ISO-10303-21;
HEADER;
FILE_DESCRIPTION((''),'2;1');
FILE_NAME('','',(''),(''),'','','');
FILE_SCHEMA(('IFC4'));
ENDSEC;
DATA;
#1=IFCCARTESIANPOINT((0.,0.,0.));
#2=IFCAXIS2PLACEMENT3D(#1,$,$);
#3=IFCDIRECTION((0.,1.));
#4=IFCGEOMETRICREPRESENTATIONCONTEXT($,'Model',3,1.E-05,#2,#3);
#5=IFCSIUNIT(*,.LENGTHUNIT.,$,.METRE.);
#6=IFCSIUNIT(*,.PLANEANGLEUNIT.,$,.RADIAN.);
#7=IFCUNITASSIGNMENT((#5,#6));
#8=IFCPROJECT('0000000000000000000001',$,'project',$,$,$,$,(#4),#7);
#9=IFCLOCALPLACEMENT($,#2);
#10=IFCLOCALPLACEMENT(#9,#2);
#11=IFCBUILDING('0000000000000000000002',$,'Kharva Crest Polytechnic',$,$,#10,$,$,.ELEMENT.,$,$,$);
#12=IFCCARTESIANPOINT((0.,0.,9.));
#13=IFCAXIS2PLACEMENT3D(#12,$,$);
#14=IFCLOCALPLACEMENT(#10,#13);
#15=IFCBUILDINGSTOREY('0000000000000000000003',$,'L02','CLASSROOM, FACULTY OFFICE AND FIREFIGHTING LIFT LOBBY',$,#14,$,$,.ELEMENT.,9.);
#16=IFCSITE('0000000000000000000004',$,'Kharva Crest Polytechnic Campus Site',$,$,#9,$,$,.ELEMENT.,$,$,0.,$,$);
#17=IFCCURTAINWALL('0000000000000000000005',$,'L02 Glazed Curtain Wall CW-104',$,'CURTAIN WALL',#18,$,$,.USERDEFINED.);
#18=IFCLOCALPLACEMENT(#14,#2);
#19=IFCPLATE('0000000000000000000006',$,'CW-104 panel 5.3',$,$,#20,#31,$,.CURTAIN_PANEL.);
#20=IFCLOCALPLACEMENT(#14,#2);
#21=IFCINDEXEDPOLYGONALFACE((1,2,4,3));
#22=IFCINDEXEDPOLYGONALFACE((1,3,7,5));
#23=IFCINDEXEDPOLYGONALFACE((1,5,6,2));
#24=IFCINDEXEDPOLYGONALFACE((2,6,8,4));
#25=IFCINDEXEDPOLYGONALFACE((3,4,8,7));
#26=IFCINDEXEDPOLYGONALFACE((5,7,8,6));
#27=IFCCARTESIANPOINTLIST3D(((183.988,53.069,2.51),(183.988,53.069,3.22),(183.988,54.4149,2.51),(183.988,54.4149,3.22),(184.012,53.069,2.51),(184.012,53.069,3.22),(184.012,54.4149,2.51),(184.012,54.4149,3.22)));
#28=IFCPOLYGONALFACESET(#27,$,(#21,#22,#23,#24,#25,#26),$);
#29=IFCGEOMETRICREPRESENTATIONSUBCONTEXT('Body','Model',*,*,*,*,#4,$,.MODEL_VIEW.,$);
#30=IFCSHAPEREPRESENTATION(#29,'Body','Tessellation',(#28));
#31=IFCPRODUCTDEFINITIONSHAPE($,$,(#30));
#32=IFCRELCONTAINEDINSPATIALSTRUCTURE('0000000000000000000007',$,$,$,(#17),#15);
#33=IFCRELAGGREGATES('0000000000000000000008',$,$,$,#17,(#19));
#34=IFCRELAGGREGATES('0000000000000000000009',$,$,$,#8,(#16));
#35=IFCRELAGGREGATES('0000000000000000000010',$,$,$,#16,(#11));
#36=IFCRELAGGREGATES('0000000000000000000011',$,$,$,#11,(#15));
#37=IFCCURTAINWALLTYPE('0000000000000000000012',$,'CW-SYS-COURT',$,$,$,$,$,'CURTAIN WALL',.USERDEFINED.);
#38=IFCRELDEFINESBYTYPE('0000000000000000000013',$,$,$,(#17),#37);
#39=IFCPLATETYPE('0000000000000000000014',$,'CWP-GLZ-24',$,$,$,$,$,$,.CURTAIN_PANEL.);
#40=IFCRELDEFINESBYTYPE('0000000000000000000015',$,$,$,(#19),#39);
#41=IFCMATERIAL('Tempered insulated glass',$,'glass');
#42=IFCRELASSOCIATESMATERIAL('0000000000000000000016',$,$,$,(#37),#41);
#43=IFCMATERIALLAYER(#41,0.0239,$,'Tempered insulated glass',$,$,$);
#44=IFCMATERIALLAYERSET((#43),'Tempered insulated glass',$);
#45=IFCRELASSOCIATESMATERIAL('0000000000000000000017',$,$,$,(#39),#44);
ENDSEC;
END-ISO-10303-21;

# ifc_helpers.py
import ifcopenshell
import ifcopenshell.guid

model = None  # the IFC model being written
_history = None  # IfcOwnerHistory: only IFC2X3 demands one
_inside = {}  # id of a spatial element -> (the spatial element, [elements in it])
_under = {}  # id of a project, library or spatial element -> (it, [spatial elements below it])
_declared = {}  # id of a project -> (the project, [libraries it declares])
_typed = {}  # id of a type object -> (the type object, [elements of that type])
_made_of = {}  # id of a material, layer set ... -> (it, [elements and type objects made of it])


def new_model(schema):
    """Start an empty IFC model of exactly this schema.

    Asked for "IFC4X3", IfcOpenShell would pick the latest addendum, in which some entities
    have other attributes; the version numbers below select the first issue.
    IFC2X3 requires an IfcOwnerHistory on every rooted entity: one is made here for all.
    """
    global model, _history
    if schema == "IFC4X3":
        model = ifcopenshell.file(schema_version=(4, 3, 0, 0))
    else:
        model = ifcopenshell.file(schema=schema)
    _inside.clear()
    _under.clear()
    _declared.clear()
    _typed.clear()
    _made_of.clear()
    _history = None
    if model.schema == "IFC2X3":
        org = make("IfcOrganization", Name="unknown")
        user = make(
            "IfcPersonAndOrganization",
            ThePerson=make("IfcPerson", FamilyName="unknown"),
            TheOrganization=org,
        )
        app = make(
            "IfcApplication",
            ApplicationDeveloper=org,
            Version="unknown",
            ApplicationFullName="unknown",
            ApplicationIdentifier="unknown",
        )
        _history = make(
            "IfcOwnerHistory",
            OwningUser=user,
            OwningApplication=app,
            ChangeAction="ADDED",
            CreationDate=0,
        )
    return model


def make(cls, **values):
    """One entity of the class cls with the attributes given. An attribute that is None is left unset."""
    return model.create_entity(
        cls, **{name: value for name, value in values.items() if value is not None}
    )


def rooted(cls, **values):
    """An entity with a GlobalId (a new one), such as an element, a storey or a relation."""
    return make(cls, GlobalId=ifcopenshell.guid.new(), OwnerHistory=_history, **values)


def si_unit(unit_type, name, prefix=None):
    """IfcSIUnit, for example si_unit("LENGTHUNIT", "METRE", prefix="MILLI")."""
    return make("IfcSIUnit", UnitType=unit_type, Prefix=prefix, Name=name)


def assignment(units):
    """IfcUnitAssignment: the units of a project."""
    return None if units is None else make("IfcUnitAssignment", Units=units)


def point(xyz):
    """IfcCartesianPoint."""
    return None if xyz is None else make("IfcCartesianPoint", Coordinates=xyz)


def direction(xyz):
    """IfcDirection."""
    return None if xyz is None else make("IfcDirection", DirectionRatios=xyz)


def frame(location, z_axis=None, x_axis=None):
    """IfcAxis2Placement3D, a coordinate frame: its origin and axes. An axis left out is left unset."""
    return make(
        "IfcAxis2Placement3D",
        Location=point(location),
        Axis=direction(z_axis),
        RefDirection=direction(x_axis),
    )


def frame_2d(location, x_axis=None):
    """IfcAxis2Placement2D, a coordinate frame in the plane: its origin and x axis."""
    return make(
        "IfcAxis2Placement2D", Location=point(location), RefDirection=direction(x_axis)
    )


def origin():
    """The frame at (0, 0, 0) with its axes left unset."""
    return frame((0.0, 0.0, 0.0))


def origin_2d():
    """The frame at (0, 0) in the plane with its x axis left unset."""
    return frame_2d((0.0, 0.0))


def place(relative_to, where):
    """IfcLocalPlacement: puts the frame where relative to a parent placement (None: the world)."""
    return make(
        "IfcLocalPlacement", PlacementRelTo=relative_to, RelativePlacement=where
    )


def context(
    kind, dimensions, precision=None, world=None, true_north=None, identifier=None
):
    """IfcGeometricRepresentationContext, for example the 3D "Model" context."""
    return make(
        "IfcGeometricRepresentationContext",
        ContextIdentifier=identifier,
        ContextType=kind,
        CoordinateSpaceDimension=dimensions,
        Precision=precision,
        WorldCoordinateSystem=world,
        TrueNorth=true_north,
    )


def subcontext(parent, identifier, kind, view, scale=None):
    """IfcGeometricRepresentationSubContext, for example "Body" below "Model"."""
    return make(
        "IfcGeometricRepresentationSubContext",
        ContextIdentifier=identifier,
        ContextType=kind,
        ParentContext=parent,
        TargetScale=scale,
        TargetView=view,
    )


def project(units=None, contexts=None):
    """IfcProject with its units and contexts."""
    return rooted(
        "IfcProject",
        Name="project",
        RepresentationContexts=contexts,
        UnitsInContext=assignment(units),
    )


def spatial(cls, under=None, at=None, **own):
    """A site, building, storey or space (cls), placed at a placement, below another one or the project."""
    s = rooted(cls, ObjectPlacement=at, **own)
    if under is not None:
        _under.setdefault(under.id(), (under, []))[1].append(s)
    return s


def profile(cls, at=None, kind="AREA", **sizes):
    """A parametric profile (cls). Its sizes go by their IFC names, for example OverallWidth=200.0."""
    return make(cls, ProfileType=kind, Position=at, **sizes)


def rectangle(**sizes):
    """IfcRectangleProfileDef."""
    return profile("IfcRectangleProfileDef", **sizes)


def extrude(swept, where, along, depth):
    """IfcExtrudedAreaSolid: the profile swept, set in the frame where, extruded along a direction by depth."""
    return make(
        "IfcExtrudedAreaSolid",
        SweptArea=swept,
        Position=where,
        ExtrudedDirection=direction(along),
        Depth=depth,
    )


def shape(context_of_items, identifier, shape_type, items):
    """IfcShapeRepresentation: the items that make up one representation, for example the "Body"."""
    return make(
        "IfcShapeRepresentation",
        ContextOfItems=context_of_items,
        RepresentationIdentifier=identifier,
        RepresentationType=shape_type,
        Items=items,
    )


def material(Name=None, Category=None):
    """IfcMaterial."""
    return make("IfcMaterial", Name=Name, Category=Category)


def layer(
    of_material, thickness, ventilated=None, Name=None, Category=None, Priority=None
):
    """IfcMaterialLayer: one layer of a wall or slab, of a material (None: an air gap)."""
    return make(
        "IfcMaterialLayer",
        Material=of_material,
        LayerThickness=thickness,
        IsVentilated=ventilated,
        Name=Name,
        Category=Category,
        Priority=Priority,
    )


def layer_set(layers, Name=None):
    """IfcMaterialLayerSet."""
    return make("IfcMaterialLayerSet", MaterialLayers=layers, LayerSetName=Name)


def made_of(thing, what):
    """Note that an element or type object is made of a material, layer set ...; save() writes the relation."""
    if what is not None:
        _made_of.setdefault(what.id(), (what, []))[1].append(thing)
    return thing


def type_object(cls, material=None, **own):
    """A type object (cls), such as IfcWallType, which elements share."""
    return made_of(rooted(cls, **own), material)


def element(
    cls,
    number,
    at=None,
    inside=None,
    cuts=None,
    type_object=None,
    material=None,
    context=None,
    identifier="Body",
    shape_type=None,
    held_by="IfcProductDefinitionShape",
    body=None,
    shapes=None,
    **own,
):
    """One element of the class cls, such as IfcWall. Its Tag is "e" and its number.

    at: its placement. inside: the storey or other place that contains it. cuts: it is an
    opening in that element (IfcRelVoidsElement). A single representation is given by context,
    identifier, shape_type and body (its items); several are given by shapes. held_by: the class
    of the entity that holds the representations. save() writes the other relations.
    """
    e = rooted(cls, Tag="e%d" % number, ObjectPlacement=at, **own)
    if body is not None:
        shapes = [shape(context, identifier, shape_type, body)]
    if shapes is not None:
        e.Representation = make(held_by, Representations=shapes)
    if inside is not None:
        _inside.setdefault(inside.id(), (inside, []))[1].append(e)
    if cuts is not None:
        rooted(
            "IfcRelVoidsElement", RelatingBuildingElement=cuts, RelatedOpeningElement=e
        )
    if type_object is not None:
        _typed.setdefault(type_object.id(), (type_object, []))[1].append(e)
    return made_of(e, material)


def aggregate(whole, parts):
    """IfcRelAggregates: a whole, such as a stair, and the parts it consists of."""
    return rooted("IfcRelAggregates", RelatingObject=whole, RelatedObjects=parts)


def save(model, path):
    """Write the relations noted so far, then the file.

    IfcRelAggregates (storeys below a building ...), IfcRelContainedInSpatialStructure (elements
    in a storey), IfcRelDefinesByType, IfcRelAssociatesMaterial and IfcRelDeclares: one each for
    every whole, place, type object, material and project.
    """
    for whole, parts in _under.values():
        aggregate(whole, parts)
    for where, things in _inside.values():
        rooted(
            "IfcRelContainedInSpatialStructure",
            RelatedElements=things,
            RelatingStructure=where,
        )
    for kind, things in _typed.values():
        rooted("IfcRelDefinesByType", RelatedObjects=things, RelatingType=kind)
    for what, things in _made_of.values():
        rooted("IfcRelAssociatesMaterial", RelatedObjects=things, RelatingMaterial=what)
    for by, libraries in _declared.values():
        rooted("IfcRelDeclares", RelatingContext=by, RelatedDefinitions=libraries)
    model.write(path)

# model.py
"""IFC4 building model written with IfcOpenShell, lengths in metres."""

from ifc_helpers import new_model, si_unit, direction, frame, origin, origin_2d, place, context, subcontext, project, spatial, rectangle, extrude, material, layer, layer_set, type_object, element, aggregate, save


model = new_model("IFC4")

# Units and contexts
model_context = context("Model", 3, precision=1e-05, world=origin(), true_north=direction((0.0, 1.0)))
body_context = subcontext(model_context, "Body", "Model", "MODEL_VIEW")
ifc_project = project(units=[si_unit("LENGTHUNIT", "METRE"), si_unit("PLANEANGLEUNIT", "RADIAN")], contexts=[model_context])

# Site, building, storey
site_placement = place(None, origin())
site = spatial("IfcSite", under=ifc_project, at=site_placement, Name="Kharva Crest Polytechnic Campus Site", CompositionType="ELEMENT", RefElevation=0.0)
building_placement = place(site_placement, origin())
building = spatial("IfcBuilding", under=site, at=building_placement, Name="Kharva Crest Polytechnic", CompositionType="ELEMENT")
storey_placement = place(building_placement, frame((0.0, 0.0, 9.0)))
storey = spatial("IfcBuildingStorey", under=building, at=storey_placement, Name="L02", Description="CLASSROOM, FACULTY OFFICE AND FIREFIGHTING LIFT LOBBY", CompositionType="ELEMENT", Elevation=9.0)

# Curtain wall
ifc_material_1 = material(Name="Tempered insulated glass", Category="glass")
curtain_wall_type = type_object("IfcCurtainWallType", Name="CW-SYS-COURT", ElementType="CURTAIN WALL", PredefinedType="USERDEFINED", material=ifc_material_1)
curtain_wall_placement = place(storey_placement, origin())
curtain_wall = element("IfcCurtainWall", 1, at=curtain_wall_placement, inside=storey, type_object=curtain_wall_type, Name="L02 Glazed Curtain Wall CW-104", ObjectType="CURTAIN WALL", PredefinedType="USERDEFINED")

# Plate
ifc_layer = layer(ifc_material_1, 0.0239, Name="Tempered insulated glass")
ifc_layer_set = layer_set([ifc_layer], Name="Tempered insulated glass")
plate_type = type_object("IfcPlateType", Name="CWP-GLZ-24", PredefinedType="CURTAIN_PANEL", material=ifc_layer_set)
plate_1_placement = place(storey_placement, frame((184.0, 53.7419, 2.51), z_axis=(0.0, 0.0, 1.0), x_axis=(0.0, 1.0, 0.0)))
plate_1 = element("IfcPlate", 2, at=plate_1_placement, type_object=plate_type, Name="CW-104 panel 5.3", PredefinedType="CURTAIN_PANEL", context=body_context, shape_type="SweptSolid", body=[
    extrude(rectangle(XDim=1.3459, YDim=0.0239, at=origin_2d()), origin(), (0.0, 0.0, 1.0), 0.71),
])
aggregate(curtain_wall, [plate_1])

save(model, "model.ifc")
